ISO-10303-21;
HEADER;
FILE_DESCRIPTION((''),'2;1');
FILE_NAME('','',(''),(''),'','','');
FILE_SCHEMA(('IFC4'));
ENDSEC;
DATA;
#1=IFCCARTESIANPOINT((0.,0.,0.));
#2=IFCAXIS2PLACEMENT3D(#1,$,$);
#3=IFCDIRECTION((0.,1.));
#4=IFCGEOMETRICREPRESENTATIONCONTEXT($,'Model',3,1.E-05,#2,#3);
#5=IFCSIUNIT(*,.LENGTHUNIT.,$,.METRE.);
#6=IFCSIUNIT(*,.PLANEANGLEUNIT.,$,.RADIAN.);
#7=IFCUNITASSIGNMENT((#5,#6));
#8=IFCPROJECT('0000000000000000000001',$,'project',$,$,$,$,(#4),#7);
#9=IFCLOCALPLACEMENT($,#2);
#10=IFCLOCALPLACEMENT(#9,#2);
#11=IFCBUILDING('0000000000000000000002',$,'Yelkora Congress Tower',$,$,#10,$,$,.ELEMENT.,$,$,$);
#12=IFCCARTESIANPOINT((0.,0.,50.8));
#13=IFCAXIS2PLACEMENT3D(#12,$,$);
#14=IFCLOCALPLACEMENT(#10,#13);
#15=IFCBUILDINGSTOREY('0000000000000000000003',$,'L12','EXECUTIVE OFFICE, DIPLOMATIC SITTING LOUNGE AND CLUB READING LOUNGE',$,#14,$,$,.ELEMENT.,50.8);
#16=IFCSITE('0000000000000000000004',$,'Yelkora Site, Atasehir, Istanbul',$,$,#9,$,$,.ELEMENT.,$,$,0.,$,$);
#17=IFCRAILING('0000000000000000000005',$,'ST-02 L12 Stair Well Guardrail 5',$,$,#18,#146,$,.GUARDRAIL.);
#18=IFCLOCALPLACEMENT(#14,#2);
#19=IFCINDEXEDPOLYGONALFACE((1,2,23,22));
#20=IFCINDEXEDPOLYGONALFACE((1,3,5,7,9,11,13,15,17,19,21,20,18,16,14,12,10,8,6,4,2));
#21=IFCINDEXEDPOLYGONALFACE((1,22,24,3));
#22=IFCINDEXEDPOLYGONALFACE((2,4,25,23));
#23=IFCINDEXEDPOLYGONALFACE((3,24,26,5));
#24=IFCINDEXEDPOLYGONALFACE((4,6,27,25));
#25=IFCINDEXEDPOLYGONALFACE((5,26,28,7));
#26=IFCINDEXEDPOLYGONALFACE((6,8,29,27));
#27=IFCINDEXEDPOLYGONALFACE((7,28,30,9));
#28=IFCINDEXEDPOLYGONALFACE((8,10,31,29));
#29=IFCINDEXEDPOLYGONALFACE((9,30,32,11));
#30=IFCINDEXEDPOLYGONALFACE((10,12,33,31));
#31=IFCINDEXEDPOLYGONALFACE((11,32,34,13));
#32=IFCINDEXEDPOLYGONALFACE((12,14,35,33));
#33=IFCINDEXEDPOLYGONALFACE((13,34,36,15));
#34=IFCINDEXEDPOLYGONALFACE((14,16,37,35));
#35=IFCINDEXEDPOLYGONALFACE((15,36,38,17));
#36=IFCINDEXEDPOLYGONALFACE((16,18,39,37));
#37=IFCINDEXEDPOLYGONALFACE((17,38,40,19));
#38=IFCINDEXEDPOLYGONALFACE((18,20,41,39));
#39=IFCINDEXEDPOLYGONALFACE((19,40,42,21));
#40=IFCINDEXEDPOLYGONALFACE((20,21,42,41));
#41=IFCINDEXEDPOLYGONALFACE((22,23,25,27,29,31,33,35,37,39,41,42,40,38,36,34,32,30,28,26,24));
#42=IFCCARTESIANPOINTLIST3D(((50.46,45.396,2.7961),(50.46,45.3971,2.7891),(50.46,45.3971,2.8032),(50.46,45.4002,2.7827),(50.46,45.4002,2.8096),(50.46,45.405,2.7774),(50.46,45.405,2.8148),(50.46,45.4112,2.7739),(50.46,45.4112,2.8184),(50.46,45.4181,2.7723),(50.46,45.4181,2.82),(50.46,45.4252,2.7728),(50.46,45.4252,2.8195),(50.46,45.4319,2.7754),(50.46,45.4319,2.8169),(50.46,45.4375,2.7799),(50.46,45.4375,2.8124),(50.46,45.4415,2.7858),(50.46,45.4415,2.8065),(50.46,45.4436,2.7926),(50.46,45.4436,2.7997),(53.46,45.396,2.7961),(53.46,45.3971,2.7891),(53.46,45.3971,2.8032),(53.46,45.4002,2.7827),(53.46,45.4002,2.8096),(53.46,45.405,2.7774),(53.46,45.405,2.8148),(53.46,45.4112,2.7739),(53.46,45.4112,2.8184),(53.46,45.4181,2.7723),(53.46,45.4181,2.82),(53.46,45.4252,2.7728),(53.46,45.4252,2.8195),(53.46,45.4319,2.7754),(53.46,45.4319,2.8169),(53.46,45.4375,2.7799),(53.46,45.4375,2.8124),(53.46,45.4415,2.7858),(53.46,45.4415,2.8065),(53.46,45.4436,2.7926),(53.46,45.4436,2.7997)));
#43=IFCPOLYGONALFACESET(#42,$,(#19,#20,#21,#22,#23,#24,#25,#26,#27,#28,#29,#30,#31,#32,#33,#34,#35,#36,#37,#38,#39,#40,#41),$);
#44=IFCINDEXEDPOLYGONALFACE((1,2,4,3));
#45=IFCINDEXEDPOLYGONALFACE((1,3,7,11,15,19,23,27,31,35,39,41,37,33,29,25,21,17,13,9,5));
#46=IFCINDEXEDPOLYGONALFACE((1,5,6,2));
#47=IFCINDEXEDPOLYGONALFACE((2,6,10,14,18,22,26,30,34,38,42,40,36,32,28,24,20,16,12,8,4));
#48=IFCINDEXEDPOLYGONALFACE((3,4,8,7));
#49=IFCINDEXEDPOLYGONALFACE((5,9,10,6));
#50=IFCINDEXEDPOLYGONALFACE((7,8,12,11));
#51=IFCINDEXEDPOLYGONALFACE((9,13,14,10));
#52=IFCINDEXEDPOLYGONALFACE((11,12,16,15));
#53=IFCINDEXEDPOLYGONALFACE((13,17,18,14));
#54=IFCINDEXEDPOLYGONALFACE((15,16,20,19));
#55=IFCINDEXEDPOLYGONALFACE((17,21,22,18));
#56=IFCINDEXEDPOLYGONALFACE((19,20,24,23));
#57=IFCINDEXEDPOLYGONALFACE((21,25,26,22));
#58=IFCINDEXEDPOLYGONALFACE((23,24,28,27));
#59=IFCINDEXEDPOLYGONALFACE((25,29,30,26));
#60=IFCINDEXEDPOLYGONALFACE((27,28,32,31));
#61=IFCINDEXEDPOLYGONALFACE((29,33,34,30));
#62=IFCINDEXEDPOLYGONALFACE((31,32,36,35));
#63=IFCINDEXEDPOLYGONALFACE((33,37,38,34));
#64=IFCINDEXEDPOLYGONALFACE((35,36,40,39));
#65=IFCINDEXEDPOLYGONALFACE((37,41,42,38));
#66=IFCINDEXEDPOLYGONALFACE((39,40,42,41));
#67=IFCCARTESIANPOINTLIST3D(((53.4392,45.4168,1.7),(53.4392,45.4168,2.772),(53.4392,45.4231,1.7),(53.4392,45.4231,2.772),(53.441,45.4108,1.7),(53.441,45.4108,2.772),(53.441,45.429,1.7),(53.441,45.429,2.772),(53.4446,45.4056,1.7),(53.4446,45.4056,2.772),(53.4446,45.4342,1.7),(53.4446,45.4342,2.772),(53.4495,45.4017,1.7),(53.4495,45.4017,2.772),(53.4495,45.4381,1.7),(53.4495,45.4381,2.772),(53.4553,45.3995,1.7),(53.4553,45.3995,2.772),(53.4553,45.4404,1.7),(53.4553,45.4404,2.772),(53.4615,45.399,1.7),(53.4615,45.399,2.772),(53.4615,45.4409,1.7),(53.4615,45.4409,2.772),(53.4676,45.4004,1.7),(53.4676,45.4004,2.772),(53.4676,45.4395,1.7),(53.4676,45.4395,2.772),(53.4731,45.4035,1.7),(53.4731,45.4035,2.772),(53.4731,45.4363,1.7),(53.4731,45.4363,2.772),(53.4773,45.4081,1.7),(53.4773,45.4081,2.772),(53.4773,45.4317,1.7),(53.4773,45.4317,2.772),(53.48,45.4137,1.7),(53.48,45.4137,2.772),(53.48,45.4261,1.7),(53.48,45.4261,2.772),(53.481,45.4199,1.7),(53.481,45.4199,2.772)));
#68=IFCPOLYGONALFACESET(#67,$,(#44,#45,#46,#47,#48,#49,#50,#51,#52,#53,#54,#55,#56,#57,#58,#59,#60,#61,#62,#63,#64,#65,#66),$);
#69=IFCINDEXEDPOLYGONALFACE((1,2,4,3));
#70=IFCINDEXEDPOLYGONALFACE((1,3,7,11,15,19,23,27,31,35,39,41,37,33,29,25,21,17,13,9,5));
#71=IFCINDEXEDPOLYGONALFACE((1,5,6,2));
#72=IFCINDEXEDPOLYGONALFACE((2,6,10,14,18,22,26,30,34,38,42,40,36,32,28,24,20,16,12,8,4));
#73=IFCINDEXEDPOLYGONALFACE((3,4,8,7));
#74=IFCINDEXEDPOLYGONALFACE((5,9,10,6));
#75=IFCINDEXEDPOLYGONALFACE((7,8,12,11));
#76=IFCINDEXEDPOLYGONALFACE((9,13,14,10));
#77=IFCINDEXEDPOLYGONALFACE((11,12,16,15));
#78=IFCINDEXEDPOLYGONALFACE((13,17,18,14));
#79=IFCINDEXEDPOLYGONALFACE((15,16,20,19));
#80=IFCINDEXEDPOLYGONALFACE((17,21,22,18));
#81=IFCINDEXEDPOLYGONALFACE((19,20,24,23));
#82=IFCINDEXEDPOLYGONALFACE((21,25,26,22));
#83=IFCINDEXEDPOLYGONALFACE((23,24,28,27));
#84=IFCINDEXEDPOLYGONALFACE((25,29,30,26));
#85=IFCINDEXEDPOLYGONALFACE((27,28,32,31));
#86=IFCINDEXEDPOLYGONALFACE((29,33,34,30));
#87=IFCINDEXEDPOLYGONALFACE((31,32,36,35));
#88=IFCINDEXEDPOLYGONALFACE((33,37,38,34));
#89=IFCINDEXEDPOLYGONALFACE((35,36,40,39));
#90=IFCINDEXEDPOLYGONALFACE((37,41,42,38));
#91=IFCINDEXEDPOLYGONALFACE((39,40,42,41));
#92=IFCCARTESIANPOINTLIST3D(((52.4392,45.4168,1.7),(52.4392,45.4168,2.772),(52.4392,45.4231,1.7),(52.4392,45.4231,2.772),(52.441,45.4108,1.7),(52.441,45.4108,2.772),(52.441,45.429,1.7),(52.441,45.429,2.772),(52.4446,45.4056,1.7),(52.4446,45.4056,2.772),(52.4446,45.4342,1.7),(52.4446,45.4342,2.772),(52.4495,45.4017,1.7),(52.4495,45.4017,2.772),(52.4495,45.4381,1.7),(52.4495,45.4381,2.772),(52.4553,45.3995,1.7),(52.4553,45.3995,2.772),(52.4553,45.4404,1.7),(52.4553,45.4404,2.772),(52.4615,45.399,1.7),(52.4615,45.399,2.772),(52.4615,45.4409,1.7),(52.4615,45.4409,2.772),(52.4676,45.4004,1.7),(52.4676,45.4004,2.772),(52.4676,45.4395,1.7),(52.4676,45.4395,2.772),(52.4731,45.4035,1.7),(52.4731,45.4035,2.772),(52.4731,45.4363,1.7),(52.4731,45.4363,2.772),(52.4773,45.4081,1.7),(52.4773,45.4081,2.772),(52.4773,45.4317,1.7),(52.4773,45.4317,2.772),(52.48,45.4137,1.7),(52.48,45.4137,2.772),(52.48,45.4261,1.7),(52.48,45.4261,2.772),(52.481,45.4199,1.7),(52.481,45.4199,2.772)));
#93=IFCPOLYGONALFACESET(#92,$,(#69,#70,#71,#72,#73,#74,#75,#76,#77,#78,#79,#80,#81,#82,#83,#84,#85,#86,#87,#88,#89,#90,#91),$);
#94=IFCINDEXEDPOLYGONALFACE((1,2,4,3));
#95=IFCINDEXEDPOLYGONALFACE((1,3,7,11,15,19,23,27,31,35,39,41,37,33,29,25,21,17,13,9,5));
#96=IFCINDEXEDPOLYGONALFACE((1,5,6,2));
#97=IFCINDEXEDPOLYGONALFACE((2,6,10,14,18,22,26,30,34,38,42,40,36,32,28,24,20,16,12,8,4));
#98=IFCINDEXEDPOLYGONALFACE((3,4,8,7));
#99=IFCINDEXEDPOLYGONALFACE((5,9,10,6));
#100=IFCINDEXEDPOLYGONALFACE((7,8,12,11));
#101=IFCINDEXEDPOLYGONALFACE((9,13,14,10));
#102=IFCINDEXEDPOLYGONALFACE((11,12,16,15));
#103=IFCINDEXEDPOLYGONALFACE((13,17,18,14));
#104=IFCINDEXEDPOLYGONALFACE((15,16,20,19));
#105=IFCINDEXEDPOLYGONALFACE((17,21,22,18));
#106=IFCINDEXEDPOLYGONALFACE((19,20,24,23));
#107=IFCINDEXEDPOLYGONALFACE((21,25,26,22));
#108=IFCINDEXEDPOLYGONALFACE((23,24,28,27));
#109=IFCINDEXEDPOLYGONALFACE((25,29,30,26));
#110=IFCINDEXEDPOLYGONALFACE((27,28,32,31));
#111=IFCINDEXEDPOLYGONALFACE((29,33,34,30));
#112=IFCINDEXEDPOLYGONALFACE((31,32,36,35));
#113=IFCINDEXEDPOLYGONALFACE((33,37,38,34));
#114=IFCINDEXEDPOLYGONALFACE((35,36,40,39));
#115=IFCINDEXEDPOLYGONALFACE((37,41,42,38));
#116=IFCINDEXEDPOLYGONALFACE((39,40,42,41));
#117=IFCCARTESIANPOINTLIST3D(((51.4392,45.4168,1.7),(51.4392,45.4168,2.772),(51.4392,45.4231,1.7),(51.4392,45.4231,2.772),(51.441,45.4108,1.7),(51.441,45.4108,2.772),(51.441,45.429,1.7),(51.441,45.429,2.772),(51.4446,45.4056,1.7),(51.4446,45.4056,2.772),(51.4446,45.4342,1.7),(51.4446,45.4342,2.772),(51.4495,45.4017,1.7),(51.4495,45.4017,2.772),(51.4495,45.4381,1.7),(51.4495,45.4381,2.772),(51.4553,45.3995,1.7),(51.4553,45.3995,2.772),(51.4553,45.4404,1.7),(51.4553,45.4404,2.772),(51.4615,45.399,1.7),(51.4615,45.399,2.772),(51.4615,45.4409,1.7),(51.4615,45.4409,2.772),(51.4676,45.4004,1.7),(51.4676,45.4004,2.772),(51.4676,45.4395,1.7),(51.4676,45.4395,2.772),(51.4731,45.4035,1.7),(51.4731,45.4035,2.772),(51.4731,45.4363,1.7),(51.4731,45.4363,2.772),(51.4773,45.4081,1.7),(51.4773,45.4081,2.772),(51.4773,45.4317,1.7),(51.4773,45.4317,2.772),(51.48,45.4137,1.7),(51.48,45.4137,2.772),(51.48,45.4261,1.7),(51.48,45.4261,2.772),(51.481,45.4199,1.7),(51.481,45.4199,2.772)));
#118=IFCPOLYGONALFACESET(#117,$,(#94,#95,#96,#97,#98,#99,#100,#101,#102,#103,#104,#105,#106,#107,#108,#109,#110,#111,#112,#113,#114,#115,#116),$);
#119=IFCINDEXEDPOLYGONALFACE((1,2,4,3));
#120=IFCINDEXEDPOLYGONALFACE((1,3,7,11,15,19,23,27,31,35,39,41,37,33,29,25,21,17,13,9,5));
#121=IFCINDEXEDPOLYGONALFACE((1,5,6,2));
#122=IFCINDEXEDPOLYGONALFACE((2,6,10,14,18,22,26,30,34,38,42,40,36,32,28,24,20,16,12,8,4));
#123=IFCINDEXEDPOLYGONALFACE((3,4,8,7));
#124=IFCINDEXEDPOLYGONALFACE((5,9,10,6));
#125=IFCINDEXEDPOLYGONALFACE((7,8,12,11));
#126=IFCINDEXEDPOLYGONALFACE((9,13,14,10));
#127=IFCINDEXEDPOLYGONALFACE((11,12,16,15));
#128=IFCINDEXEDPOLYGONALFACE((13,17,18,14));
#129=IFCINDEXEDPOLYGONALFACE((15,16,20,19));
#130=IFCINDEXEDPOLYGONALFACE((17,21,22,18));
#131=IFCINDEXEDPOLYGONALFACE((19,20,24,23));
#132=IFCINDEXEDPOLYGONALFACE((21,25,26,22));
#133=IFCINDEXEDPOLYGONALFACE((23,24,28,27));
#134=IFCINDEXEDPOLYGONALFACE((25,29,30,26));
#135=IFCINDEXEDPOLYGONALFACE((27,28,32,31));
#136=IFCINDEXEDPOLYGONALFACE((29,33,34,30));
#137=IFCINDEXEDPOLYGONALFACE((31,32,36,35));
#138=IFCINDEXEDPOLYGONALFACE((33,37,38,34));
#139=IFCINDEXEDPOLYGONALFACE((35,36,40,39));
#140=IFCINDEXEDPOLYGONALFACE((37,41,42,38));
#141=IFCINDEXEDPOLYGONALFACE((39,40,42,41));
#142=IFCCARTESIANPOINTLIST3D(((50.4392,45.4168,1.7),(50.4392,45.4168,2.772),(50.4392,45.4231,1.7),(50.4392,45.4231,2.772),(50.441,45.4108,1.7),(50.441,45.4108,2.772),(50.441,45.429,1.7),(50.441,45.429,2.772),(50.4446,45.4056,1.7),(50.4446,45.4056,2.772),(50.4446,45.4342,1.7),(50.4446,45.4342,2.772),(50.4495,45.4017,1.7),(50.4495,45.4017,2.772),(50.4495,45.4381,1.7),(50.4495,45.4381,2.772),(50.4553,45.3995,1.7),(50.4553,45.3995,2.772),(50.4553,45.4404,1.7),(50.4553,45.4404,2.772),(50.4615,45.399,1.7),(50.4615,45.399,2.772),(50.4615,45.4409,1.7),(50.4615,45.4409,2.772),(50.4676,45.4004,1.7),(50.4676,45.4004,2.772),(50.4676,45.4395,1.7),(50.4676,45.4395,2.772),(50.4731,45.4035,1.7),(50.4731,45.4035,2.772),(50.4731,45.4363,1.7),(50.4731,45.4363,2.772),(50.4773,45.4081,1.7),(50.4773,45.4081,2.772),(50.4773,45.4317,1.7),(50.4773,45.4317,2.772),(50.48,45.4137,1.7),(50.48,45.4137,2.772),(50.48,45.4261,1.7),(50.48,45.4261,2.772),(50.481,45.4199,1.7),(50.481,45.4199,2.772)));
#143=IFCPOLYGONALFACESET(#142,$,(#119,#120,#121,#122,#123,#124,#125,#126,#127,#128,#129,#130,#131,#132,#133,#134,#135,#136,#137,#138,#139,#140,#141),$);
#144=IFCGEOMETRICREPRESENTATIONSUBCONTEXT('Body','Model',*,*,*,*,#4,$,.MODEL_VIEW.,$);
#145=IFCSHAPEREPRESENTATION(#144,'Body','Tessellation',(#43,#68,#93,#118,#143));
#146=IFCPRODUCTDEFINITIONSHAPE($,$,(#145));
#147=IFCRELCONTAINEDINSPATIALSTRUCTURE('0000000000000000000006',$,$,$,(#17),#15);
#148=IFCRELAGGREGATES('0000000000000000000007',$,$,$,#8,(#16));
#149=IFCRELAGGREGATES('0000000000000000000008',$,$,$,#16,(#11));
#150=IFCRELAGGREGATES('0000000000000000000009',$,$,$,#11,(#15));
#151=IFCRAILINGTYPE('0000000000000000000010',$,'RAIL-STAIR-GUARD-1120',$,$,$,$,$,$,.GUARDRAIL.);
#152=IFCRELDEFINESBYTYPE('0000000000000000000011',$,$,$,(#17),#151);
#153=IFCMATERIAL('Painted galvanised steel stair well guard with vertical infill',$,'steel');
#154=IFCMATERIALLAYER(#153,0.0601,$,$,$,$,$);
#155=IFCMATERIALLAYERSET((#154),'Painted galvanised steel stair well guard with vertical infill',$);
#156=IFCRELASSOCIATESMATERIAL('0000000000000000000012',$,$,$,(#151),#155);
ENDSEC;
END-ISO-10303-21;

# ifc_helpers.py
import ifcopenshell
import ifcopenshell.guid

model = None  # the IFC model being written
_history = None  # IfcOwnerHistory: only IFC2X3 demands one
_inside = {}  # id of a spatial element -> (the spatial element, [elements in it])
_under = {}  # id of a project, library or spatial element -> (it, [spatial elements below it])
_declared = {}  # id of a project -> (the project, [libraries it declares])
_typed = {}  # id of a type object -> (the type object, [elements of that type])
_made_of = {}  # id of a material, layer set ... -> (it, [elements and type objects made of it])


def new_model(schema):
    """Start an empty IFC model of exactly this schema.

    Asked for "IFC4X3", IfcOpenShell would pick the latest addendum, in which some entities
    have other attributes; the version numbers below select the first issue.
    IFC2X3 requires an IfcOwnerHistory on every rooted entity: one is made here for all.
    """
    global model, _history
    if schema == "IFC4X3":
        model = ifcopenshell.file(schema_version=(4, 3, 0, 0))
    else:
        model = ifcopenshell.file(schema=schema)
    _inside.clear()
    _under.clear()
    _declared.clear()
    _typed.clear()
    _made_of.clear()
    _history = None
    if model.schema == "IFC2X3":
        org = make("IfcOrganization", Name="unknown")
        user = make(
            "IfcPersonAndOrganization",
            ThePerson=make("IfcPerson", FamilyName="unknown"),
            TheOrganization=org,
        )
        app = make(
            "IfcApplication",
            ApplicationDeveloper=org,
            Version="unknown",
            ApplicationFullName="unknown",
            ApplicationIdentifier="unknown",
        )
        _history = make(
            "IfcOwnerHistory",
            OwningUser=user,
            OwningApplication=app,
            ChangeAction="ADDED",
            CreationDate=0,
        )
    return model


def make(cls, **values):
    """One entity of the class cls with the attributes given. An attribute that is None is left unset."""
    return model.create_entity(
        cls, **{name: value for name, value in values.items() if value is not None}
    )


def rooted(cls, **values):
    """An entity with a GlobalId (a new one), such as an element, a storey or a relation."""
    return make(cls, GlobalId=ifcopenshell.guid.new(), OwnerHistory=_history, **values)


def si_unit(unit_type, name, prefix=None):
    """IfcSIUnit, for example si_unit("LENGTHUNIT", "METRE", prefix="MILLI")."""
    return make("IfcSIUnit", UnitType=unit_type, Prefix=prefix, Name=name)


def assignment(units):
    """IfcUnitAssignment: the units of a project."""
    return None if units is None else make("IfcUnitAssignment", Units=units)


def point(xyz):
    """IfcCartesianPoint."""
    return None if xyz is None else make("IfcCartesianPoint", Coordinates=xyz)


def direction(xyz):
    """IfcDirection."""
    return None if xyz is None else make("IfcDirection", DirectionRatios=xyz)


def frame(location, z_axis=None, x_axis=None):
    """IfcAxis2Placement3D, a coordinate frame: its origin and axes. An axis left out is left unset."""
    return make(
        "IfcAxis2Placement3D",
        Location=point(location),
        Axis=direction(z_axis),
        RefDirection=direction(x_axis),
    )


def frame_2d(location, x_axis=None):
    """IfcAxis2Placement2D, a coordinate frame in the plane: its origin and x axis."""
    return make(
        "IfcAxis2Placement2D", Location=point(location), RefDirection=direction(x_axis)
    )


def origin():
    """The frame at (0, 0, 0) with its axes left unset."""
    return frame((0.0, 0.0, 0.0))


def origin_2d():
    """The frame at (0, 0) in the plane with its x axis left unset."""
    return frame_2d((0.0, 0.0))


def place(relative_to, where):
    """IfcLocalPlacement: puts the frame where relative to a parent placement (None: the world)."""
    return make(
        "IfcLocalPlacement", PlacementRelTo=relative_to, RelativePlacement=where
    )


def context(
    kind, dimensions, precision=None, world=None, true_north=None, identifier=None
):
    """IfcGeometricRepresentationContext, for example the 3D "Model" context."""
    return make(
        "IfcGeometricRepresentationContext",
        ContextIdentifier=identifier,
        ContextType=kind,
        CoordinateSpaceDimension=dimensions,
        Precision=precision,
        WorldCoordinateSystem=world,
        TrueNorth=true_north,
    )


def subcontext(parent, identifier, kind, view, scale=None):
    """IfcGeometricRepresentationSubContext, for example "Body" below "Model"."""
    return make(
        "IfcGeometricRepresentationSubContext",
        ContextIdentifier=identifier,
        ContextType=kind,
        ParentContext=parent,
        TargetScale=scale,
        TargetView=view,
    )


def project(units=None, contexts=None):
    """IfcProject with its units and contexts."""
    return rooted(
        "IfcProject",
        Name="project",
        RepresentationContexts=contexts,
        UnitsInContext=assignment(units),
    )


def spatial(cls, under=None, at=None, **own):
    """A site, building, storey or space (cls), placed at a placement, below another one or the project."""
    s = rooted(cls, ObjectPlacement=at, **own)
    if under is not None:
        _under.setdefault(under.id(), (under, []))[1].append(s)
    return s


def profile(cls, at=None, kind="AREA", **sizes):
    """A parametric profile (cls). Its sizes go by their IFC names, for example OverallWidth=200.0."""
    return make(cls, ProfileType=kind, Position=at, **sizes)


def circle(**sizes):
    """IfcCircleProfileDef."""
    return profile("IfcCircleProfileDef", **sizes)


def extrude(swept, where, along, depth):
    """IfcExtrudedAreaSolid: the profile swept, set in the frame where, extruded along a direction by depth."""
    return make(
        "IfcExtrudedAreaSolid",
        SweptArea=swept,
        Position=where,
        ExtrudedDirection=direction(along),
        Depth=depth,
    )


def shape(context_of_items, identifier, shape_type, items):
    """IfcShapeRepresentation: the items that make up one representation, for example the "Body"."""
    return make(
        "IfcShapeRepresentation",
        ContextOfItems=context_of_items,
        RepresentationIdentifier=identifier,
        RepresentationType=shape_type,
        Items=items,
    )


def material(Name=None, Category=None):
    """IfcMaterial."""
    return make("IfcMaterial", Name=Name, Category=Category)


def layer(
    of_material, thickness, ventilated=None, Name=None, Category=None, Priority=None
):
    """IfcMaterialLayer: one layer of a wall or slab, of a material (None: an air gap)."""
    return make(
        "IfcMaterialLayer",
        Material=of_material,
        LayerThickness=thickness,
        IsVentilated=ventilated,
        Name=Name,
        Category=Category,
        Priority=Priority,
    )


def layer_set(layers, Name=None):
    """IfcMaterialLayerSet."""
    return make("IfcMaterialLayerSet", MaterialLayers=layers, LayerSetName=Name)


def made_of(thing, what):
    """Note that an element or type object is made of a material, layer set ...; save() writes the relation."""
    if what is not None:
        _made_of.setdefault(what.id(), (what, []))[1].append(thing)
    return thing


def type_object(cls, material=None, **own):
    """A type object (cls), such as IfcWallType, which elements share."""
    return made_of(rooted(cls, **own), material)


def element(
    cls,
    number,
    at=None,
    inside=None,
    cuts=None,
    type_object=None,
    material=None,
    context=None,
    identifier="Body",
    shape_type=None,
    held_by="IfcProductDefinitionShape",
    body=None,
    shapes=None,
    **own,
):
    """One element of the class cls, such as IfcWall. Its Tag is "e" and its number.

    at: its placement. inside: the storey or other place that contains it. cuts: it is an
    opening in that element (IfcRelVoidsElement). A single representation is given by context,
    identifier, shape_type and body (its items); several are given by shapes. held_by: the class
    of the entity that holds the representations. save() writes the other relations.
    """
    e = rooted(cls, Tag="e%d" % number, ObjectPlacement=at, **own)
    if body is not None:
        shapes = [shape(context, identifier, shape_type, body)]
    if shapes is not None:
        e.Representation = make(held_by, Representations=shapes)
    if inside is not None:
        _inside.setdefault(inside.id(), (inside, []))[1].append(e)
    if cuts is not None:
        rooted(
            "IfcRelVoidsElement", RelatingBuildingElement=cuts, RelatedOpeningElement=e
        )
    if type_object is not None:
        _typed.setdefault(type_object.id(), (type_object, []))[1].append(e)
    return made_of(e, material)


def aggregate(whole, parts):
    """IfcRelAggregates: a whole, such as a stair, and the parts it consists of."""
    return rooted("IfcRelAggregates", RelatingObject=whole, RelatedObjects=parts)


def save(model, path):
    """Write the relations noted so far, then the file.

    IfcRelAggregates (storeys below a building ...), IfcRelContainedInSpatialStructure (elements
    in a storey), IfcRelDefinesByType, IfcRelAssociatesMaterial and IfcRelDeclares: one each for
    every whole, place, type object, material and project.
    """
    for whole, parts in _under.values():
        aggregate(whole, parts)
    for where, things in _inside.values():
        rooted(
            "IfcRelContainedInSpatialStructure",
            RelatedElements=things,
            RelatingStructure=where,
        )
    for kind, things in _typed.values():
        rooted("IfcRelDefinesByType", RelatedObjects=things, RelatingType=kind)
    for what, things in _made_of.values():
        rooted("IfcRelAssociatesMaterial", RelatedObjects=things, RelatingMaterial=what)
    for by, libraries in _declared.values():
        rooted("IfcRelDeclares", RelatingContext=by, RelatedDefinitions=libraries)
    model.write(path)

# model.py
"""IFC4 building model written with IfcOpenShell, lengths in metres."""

from ifc_helpers import new_model, si_unit, direction, frame, origin, origin_2d, place, context, subcontext, project, spatial, circle, extrude, material, layer, layer_set, type_object, element, save


model = new_model("IFC4")

# Units and contexts
model_context = context("Model", 3, precision=1e-05, world=origin(), true_north=direction((0.0, 1.0)))
body_context = subcontext(model_context, "Body", "Model", "MODEL_VIEW")
ifc_project = project(units=[si_unit("LENGTHUNIT", "METRE"), si_unit("PLANEANGLEUNIT", "RADIAN")], contexts=[model_context])

# Site, building, storey
site_placement = place(None, origin())
site = spatial("IfcSite", under=ifc_project, at=site_placement, Name="Yelkora Site, Atasehir, Istanbul", CompositionType="ELEMENT", RefElevation=0.0)
building_placement = place(site_placement, origin())
building = spatial("IfcBuilding", under=site, at=building_placement, Name="Yelkora Congress Tower", CompositionType="ELEMENT")
storey_placement = place(building_placement, frame((0.0, 0.0, 50.8)))
storey = spatial("IfcBuildingStorey", under=building, at=storey_placement, Name="L12", Description="EXECUTIVE OFFICE, DIPLOMATIC SITTING LOUNGE AND CLUB READING LOUNGE", CompositionType="ELEMENT", Elevation=50.8)

# Railing
ifc_material_1 = material(Name="Painted galvanised steel stair well guard with vertical infill", Category="steel")
ifc_layer_1 = layer(ifc_material_1, 0.0601)
ifc_layer_set_1 = layer_set([ifc_layer_1], Name="Painted galvanised steel stair well guard with vertical infill")
railing_type_1 = type_object("IfcRailingType", Name="RAIL-STAIR-GUARD-1120", PredefinedType="GUARDRAIL", material=ifc_layer_set_1)
railing_1_placement = place(storey_placement, frame((53.46, 45.4199, 1.7)))
element("IfcRailing", 1, at=railing_1_placement, inside=storey, type_object=railing_type_1, Name="ST-02 L12 Stair Well Guardrail 5", PredefinedType="GUARDRAIL", context=body_context, shape_type="SweptSolid", body=[
    extrude(circle(Radius=0.0239, at=origin_2d()), frame((0.0, 0.0, 1.0962), z_axis=(-1.0, 0.0, 0.0), x_axis=(0.0, -1.0, 0.0)), (0.0, 0.0, 1.0), 3.0),
    extrude(circle(Radius=0.021, at=origin_2d()), origin(), (0.0, 0.0, 1.0), 1.072),
    extrude(circle(Radius=0.021, at=origin_2d()), frame((-1.0, 0.0, 0.0)), (0.0, 0.0, 1.0), 1.072),
    extrude(circle(Radius=0.021, at=origin_2d()), frame((-2.0, 0.0, 0.0)), (0.0, 0.0, 1.0), 1.072),
    extrude(circle(Radius=0.021, at=origin_2d()), frame((-3.0, 0.0, 0.0)), (0.0, 0.0, 1.0), 1.072),
])

save(model, "model.ifc")
